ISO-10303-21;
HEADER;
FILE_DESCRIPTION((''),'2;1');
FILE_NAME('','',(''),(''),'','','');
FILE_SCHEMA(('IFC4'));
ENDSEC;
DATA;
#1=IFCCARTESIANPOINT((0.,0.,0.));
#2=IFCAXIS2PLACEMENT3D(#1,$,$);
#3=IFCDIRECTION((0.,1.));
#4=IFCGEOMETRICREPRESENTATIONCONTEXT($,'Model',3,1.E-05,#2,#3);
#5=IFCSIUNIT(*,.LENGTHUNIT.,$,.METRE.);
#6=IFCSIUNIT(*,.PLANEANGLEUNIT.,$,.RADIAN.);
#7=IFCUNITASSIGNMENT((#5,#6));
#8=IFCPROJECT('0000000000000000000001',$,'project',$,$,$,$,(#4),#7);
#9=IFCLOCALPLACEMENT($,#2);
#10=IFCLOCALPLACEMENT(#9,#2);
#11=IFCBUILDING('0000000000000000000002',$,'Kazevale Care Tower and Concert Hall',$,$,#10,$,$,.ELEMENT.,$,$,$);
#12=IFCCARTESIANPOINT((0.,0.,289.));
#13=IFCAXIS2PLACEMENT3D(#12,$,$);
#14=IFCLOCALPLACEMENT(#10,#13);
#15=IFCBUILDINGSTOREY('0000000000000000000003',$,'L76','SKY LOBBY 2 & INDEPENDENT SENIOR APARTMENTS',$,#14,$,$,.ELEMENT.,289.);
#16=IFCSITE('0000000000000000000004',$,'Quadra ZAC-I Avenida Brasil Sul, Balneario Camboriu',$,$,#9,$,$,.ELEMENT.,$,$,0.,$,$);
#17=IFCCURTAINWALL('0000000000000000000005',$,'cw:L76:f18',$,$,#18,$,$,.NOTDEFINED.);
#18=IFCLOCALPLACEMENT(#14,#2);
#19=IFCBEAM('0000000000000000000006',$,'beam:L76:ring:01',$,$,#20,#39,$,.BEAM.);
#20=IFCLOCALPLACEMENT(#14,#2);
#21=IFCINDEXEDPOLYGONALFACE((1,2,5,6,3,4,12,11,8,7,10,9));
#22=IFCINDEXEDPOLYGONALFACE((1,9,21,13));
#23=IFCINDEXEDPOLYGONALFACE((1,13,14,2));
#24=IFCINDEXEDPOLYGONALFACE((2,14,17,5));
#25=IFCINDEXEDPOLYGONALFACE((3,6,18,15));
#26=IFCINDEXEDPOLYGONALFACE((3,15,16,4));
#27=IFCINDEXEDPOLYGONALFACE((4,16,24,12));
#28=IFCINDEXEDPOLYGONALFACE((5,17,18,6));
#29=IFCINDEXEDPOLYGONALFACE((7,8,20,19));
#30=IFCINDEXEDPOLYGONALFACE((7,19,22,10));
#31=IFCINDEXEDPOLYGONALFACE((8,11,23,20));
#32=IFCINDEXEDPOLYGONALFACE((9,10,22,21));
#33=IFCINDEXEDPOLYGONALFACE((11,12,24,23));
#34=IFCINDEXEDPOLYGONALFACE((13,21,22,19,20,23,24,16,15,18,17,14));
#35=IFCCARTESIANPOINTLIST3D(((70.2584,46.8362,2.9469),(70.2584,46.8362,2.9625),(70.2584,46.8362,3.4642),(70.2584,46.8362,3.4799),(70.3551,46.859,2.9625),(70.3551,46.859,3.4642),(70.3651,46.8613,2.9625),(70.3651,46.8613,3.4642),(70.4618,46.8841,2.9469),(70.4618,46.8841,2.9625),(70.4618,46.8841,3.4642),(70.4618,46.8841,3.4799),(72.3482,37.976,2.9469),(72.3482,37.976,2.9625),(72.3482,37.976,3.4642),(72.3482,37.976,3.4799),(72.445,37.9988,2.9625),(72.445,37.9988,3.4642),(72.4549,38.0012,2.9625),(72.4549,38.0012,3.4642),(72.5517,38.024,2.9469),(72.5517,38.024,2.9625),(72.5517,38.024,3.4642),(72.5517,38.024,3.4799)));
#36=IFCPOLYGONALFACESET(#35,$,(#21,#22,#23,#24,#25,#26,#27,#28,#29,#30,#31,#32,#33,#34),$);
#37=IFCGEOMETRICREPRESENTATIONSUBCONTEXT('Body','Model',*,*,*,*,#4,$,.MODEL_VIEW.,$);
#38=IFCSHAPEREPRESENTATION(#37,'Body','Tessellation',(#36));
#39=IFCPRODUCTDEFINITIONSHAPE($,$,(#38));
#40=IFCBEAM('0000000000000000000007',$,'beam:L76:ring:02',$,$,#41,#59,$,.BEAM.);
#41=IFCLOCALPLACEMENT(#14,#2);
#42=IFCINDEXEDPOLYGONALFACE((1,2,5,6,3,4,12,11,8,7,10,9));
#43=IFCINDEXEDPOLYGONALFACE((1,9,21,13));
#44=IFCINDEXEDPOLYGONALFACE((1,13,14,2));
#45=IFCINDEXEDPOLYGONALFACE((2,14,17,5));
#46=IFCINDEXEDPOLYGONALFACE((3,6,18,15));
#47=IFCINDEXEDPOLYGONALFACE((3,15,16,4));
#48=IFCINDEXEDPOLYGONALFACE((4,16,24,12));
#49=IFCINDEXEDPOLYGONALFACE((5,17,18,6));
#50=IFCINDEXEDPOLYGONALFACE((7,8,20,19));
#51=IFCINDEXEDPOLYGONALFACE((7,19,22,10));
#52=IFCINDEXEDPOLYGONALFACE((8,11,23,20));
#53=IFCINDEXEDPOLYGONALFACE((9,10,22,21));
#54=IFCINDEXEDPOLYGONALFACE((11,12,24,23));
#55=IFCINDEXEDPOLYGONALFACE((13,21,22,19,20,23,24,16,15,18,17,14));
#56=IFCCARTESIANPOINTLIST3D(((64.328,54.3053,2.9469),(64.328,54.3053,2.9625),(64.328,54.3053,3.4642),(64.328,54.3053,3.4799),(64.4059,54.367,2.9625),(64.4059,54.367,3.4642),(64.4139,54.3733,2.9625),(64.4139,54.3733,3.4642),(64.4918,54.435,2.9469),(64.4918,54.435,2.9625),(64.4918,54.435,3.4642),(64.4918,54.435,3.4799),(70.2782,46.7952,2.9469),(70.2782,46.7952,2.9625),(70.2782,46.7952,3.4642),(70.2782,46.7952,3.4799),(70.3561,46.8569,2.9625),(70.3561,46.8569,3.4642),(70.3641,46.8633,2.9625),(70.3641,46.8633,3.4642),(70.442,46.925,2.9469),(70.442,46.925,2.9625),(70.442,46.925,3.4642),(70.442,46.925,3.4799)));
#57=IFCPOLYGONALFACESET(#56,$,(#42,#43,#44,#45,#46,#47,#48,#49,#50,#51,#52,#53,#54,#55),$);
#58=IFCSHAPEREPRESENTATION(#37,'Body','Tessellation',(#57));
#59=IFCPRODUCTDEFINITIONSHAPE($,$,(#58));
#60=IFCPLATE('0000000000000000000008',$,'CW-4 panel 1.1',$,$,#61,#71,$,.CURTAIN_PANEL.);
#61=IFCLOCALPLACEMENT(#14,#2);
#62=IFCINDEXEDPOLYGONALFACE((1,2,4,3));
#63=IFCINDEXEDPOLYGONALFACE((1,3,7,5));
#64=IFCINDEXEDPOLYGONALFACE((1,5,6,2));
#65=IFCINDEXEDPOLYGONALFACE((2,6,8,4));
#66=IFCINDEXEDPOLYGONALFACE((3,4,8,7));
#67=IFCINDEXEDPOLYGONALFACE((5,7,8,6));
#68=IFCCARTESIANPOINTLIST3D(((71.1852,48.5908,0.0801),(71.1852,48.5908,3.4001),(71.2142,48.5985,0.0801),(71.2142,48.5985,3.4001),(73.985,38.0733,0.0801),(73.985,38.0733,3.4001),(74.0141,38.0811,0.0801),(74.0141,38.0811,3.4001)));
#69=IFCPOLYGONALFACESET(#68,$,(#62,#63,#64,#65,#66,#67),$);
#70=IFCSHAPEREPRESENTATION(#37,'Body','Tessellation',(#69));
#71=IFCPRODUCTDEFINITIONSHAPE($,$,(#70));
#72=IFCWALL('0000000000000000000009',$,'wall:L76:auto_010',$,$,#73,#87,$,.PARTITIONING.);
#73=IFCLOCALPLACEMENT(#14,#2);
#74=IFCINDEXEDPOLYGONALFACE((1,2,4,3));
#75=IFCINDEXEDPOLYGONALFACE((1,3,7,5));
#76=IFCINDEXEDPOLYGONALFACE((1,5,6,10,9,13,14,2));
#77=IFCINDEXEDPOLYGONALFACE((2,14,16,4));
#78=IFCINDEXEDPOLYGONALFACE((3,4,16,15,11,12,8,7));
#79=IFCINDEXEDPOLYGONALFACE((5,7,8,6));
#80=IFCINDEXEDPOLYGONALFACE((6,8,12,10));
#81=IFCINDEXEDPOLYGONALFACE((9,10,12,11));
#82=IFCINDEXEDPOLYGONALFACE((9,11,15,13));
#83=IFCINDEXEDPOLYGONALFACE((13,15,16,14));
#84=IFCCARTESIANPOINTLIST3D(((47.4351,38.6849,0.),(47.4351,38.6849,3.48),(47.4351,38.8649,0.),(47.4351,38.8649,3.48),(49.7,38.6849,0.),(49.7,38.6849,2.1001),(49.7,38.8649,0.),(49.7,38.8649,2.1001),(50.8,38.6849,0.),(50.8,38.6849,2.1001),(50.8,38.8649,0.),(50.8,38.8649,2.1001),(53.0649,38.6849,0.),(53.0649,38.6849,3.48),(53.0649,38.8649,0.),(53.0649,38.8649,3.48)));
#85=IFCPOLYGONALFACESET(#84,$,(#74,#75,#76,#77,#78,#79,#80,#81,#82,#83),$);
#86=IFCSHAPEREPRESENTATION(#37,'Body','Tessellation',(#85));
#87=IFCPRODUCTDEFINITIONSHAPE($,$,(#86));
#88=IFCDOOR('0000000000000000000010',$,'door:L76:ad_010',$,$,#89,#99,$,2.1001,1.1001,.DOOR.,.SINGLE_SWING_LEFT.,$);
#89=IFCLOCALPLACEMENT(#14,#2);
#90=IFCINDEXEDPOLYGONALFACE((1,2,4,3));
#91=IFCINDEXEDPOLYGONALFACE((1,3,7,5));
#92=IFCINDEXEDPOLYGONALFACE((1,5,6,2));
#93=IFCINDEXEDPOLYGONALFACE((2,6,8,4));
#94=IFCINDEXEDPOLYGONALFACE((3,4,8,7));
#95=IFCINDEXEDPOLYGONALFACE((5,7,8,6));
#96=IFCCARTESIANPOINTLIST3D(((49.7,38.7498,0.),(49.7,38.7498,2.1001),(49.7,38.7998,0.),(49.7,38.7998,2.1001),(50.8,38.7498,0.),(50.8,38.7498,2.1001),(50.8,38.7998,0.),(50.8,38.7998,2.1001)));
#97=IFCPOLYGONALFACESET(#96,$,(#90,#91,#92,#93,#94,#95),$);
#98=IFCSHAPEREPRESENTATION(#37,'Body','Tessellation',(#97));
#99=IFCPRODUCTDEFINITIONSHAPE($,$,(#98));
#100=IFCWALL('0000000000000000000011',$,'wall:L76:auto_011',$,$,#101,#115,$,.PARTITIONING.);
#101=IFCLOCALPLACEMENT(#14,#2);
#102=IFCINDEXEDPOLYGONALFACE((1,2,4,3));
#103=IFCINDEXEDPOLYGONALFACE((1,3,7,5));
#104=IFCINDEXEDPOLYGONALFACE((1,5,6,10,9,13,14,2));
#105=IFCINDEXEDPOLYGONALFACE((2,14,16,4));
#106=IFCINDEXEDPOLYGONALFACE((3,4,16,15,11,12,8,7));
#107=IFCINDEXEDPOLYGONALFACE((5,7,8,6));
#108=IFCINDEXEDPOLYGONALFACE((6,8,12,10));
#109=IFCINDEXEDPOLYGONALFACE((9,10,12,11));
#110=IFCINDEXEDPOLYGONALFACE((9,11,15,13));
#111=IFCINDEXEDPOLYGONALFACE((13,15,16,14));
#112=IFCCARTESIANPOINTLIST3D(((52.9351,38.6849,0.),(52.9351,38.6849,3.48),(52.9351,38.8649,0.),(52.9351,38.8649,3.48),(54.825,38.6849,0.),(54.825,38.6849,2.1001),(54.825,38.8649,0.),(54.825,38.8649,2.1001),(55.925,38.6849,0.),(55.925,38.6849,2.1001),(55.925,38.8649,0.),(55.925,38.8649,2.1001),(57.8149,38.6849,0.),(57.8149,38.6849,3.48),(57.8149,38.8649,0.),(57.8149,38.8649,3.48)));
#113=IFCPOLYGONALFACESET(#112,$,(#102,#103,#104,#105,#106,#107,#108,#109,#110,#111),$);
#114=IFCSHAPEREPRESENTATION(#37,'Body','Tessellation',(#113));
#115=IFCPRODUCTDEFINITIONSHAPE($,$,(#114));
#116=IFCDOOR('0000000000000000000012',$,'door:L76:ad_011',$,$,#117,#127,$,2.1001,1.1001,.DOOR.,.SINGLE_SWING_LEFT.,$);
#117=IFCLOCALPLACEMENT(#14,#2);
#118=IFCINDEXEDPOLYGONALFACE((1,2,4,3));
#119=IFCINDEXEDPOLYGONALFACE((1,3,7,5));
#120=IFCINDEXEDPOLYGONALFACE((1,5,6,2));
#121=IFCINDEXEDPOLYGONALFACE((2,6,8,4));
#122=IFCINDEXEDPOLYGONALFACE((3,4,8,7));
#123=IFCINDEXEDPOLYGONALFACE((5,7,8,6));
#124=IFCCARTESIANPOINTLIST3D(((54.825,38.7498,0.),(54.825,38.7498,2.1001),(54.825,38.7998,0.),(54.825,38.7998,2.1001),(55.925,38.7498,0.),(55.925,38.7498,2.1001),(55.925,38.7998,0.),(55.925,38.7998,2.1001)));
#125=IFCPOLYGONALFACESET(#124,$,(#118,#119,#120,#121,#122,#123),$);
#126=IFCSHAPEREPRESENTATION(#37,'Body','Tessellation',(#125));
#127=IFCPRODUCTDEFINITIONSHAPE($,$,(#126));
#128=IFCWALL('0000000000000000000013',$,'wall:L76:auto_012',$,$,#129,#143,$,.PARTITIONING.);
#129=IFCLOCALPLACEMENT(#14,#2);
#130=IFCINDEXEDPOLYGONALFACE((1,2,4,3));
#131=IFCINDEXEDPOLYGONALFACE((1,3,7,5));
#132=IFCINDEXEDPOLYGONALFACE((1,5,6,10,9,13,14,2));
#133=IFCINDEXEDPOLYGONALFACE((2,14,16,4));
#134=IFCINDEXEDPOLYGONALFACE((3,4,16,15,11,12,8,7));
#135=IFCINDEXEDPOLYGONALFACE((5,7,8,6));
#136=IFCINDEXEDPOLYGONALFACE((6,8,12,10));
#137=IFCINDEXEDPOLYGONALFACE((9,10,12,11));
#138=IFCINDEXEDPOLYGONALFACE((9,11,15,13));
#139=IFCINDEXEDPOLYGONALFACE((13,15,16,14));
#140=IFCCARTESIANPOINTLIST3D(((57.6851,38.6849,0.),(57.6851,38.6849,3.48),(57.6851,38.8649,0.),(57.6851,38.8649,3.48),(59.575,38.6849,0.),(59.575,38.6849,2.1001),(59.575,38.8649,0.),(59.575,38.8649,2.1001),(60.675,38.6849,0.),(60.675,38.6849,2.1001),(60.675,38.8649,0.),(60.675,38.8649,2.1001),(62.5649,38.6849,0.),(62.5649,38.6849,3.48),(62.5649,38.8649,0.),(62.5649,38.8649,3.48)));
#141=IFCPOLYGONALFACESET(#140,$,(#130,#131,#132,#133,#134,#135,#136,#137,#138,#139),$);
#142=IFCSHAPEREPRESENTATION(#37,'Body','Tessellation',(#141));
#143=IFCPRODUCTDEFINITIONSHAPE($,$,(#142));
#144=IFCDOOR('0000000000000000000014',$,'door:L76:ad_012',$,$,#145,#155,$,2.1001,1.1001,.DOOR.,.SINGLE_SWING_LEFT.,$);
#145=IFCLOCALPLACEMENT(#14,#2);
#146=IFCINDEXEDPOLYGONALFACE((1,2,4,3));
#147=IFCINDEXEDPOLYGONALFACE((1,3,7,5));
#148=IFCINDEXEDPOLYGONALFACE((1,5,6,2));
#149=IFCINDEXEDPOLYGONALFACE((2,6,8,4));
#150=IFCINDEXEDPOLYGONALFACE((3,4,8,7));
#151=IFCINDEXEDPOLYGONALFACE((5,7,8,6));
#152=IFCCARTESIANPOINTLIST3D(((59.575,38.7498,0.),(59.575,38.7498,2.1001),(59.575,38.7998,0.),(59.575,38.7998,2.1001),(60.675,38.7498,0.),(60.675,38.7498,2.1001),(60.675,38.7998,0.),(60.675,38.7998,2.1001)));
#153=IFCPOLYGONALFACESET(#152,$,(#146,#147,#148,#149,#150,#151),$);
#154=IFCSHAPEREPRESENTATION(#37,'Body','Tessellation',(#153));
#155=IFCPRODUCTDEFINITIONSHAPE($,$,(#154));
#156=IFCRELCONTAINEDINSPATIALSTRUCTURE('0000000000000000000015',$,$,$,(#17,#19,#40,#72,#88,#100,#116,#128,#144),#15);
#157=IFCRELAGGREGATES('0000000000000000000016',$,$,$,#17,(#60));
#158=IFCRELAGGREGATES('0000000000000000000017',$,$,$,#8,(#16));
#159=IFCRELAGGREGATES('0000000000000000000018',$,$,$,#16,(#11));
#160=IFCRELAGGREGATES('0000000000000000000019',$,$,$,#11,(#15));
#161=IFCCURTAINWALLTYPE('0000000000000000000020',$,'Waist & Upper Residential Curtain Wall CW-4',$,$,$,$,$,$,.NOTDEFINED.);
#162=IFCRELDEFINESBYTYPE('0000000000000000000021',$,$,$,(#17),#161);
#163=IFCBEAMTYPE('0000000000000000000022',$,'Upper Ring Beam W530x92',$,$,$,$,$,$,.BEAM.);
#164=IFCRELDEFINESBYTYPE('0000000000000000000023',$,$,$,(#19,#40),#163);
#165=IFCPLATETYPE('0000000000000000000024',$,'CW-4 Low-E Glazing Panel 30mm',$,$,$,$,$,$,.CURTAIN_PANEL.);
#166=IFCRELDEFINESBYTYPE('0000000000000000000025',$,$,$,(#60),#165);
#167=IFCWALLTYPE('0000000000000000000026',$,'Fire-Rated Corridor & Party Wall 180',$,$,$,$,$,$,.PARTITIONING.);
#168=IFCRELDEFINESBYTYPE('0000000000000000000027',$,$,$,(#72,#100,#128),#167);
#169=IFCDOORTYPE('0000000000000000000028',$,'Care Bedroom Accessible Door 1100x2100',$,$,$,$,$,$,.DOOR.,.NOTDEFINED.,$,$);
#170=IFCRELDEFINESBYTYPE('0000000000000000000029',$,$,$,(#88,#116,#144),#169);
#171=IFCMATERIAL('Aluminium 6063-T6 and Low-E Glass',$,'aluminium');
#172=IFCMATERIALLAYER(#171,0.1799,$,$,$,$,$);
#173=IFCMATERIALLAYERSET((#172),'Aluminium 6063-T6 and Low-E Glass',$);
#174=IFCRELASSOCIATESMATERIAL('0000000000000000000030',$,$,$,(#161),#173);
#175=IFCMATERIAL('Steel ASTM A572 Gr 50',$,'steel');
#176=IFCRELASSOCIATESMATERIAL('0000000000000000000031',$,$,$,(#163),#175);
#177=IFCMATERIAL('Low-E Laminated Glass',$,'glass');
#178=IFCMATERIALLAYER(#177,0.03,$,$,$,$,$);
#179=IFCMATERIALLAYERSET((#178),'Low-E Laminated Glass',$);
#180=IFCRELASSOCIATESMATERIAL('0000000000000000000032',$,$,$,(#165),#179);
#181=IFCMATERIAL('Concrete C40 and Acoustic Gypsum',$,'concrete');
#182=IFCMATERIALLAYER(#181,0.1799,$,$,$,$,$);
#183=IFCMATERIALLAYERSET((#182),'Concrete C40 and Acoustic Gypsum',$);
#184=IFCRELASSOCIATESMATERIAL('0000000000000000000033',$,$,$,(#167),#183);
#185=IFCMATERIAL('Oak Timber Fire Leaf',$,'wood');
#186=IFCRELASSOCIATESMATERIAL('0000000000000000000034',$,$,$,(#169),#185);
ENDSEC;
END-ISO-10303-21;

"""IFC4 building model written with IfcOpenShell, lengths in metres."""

from ifc_helpers import new_model, si_unit, direction, frame, frame_2d, origin, origin_2d, place, context, subcontext, project, spatial, rectangle, i_section, extrude, material, layer, layer_set, material_profile, profile_set, type_object, element, fill, aggregate, save


model = new_model("IFC4")

# Units and contexts
model_context = context("Model", 3, precision=1e-05, world=origin(), true_north=direction((0.0, 1.0)))
body_context = subcontext(model_context, "Body", "Model", "MODEL_VIEW")
ifc_project = project(units=[si_unit("LENGTHUNIT", "METRE"), si_unit("PLANEANGLEUNIT", "RADIAN")], contexts=[model_context])

# Site, building, storey
site_placement = place(None, origin())
site = spatial("IfcSite", under=ifc_project, at=site_placement, Name="Quadra ZAC-I Avenida Brasil Sul, Balneario Camboriu", CompositionType="ELEMENT", RefElevation=0.0)
building_placement = place(site_placement, origin())
building = spatial("IfcBuilding", under=site, at=building_placement, Name="Kazevale Care Tower and Concert Hall", CompositionType="ELEMENT")
storey_placement = place(building_placement, frame((0.0, 0.0, 289.0)))
storey = spatial("IfcBuildingStorey", under=building, at=storey_placement, Name="L76", Description="SKY LOBBY 2 & INDEPENDENT SENIOR APARTMENTS", CompositionType="ELEMENT", Elevation=289.0)

# Curtain wall
ifc_material_1 = material(Name="Aluminium 6063-T6 and Low-E Glass", Category="aluminium")
ifc_layer_1 = layer(ifc_material_1, 0.1799)
ifc_layer_set_1 = layer_set([ifc_layer_1], Name="Aluminium 6063-T6 and Low-E Glass")
curtain_wall_type = type_object("IfcCurtainWallType", Name="Waist & Upper Residential Curtain Wall CW-4", PredefinedType="NOTDEFINED", material=ifc_layer_set_1)
curtain_wall_placement = place(storey_placement, origin())
curtain_wall = element("IfcCurtainWall", 1, at=curtain_wall_placement, inside=storey, type_object=curtain_wall_type, Name="cw:L76:f18", PredefinedType="NOTDEFINED")

# Beams
ifc_material_2 = material(Name="Steel ASTM A572 Gr 50", Category="steel")
ifc_material_profile_1 = material_profile(ifc_material_2, i_section(OverallWidth=0.209, OverallDepth=0.533, WebThickness=0.0103, FlangeThickness=0.0156, at=origin_2d()), Name="W530x92")
ifc_profile_set_1 = profile_set([ifc_material_profile_1], Name="Steel ASTM A572 Gr 50")
beam_type_1 = type_object("IfcBeamType", Name="Upper Ring Beam W530x92", PredefinedType="BEAM", material=ifc_profile_set_1)
beam_1_placement = place(storey_placement, frame((72.45, 38.0, 3.2134), z_axis=(-0.229571, 0.973292, 0.0), x_axis=(-0.973292, -0.229571, 0.0)))
element("IfcBeam", 2, at=beam_1_placement, inside=storey, type_object=beam_type_1, Name="beam:L76:ring:01", PredefinedType="BEAM", context=body_context, shape_type="SweptSolid", body=[
    extrude(i_section(OverallWidth=0.209, OverallDepth=0.533, WebThickness=0.0103, FlangeThickness=0.0156, at=origin_2d()), origin(), (0.0, 0.0, 1.0), 9.1033),
])
beam_2_placement = place(storey_placement, frame((70.3601, 46.8601, 3.2134), z_axis=(-0.621009, 0.783803, 0.0), x_axis=(-0.783803, -0.621009, 0.0)))
element("IfcBeam", 3, at=beam_2_placement, inside=storey, type_object=beam_type_1, Name="beam:L76:ring:02", PredefinedType="BEAM", context=body_context, shape_type="SweptSolid", body=[
    extrude(i_section(OverallWidth=0.209, OverallDepth=0.533, WebThickness=0.0103, FlangeThickness=0.0156, at=origin_2d()), origin(), (0.0, 0.0, 1.0), 9.5815),
])

# Plate
ifc_material_3 = material(Name="Low-E Laminated Glass", Category="glass")
ifc_layer_2 = layer(ifc_material_3, 0.03)
ifc_layer_set_2 = layer_set([ifc_layer_2], Name="Low-E Laminated Glass")
plate_type = type_object("IfcPlateType", Name="CW-4 Low-E Glazing Panel 30mm", PredefinedType="CURTAIN_PANEL", material=ifc_layer_set_2)
plate_placement = place(storey_placement, frame((72.5996, 43.3359, 0.0801), z_axis=(0.0, 0.0, 1.0), x_axis=(0.257251, -0.966345, 0.0)))
plate = element("IfcPlate", 4, at=plate_placement, type_object=plate_type, Name="CW-4 panel 1.1", PredefinedType="CURTAIN_PANEL", context=body_context, shape_type="SweptSolid", body=[
    extrude(rectangle(XDim=10.8838, YDim=0.03, at=origin_2d()), origin(), (0.0, 0.0, 1.0), 3.3201),
])
aggregate(curtain_wall, [plate])

# Walls, openings, doors
ifc_material_4 = material(Name="Concrete C40 and Acoustic Gypsum", Category="concrete")
ifc_layer_3 = layer(ifc_material_4, 0.1799)
ifc_layer_set_3 = layer_set([ifc_layer_3], Name="Concrete C40 and Acoustic Gypsum")
wall_type_1 = type_object("IfcWallType", Name="Fire-Rated Corridor & Party Wall 180", PredefinedType="PARTITIONING", material=ifc_layer_set_3)
wall_1_placement = place(storey_placement, frame((47.4351, 38.7749, 0.0), z_axis=(0.0, 0.0, 1.0), x_axis=(1.0, 0.0, 0.0)))
wall_1 = element("IfcWall", 5, at=wall_1_placement, inside=storey, type_object=wall_type_1, Name="wall:L76:auto_010", PredefinedType="PARTITIONING", context=body_context, shape_type="SweptSolid", body=[
    extrude(rectangle(XDim=5.6299, YDim=0.1799, at=frame_2d((2.8149, 0.0))), origin(), (0.0, 0.0, 1.0), 3.48),
])
opening_1_placement = place(wall_1_placement, frame((2.2649, 0.0, 0.0)))
opening_1 = element("IfcOpeningElement", 6, at=opening_1_placement, cuts=wall_1, PredefinedType="OPENING", context=body_context, shape_type="SweptSolid", body=[
    extrude(rectangle(XDim=1.1001, YDim=2.1001, at=frame_2d((0.55, 1.05))), frame((0.0, 0.0999, 0.0), z_axis=(0.0, -1.0, 0.0), x_axis=(1.0, 0.0, 0.0)), (0.0, 0.0, 1.0), 0.2),
])
ifc_material_5 = material(Name="Oak Timber Fire Leaf", Category="wood")
door_type = type_object("IfcDoorType", Name="Care Bedroom Accessible Door 1100x2100", OperationType="NOTDEFINED", PredefinedType="DOOR", material=ifc_material_5)
door_1_placement = place(opening_1_placement, origin())
door_1 = element("IfcDoor", 7, at=door_1_placement, inside=storey, type_object=door_type, Name="door:L76:ad_010", OperationType="SINGLE_SWING_LEFT", OverallHeight=2.1001, OverallWidth=1.1001, PredefinedType="DOOR", context=body_context, shape_type="SweptSolid", body=[
    extrude(rectangle(XDim=1.1001, YDim=2.1001, at=frame_2d((0.55, 1.05))), frame((0.0, 0.0249, 0.0), z_axis=(0.0, -1.0, 0.0), x_axis=(1.0, 0.0, 0.0)), (0.0, 0.0, 1.0), 0.05),
])
fill(opening_1, door_1)
wall_2_placement = place(storey_placement, frame((52.9351, 38.7749, 0.0), z_axis=(0.0, 0.0, 1.0), x_axis=(1.0, 0.0, 0.0)))
wall_2 = element("IfcWall", 8, at=wall_2_placement, inside=storey, type_object=wall_type_1, Name="wall:L76:auto_011", PredefinedType="PARTITIONING", context=body_context, shape_type="SweptSolid", body=[
    extrude(rectangle(XDim=4.8799, YDim=0.1799, at=frame_2d((2.4399, 0.0))), origin(), (0.0, 0.0, 1.0), 3.48),
])
opening_2_placement = place(wall_2_placement, frame((1.8899, 0.0, 0.0)))
opening_2 = element("IfcOpeningElement", 9, at=opening_2_placement, cuts=wall_2, PredefinedType="OPENING", context=body_context, shape_type="SweptSolid", body=[
    extrude(rectangle(XDim=1.1001, YDim=2.1001, at=frame_2d((0.55, 1.05))), frame((0.0, 0.0999, 0.0), z_axis=(0.0, -1.0, 0.0), x_axis=(1.0, 0.0, 0.0)), (0.0, 0.0, 1.0), 0.2),
])
door_2_placement = place(opening_2_placement, origin())
door_2 = element("IfcDoor", 10, at=door_2_placement, inside=storey, type_object=door_type, Name="door:L76:ad_011", OperationType="SINGLE_SWING_LEFT", OverallHeight=2.1001, OverallWidth=1.1001, PredefinedType="DOOR", context=body_context, shape_type="SweptSolid", body=[
    extrude(rectangle(XDim=1.1001, YDim=2.1001, at=frame_2d((0.55, 1.05))), frame((0.0, 0.0249, 0.0), z_axis=(0.0, -1.0, 0.0), x_axis=(1.0, 0.0, 0.0)), (0.0, 0.0, 1.0), 0.05),
])
fill(opening_2, door_2)
wall_3_placement = place(storey_placement, frame((57.6851, 38.7749, 0.0), z_axis=(0.0, 0.0, 1.0), x_axis=(1.0, 0.0, 0.0)))
wall_3 = element("IfcWall", 11, at=wall_3_placement, inside=storey, type_object=wall_type_1, Name="wall:L76:auto_012", PredefinedType="PARTITIONING", context=body_context, shape_type="SweptSolid", body=[
    extrude(rectangle(XDim=4.8799, YDim=0.1799, at=frame_2d((2.4399, 0.0))), origin(), (0.0, 0.0, 1.0), 3.48),
])
opening_3_placement = place(wall_3_placement, frame((1.8899, 0.0, 0.0)))
opening_3 = element("IfcOpeningElement", 12, at=opening_3_placement, cuts=wall_3, PredefinedType="OPENING", context=body_context, shape_type="SweptSolid", body=[
    extrude(rectangle(XDim=1.1001, YDim=2.1001, at=frame_2d((0.55, 1.05))), frame((0.0, 0.0999, 0.0), z_axis=(0.0, -1.0, 0.0), x_axis=(1.0, 0.0, 0.0)), (0.0, 0.0, 1.0), 0.2),
])
door_3_placement = place(opening_3_placement, origin())
door_3 = element("IfcDoor", 13, at=door_3_placement, inside=storey, type_object=door_type, Name="door:L76:ad_012", OperationType="SINGLE_SWING_LEFT", OverallHeight=2.1001, OverallWidth=1.1001, PredefinedType="DOOR", context=body_context, shape_type="SweptSolid", body=[
    extrude(rectangle(XDim=1.1001, YDim=2.1001, at=frame_2d((0.55, 1.05))), frame((0.0, 0.0249, 0.0), z_axis=(0.0, -1.0, 0.0), x_axis=(1.0, 0.0, 0.0)), (0.0, 0.0, 1.0), 0.05),
])
fill(opening_3, door_3)

save(model, "model.ifc")
